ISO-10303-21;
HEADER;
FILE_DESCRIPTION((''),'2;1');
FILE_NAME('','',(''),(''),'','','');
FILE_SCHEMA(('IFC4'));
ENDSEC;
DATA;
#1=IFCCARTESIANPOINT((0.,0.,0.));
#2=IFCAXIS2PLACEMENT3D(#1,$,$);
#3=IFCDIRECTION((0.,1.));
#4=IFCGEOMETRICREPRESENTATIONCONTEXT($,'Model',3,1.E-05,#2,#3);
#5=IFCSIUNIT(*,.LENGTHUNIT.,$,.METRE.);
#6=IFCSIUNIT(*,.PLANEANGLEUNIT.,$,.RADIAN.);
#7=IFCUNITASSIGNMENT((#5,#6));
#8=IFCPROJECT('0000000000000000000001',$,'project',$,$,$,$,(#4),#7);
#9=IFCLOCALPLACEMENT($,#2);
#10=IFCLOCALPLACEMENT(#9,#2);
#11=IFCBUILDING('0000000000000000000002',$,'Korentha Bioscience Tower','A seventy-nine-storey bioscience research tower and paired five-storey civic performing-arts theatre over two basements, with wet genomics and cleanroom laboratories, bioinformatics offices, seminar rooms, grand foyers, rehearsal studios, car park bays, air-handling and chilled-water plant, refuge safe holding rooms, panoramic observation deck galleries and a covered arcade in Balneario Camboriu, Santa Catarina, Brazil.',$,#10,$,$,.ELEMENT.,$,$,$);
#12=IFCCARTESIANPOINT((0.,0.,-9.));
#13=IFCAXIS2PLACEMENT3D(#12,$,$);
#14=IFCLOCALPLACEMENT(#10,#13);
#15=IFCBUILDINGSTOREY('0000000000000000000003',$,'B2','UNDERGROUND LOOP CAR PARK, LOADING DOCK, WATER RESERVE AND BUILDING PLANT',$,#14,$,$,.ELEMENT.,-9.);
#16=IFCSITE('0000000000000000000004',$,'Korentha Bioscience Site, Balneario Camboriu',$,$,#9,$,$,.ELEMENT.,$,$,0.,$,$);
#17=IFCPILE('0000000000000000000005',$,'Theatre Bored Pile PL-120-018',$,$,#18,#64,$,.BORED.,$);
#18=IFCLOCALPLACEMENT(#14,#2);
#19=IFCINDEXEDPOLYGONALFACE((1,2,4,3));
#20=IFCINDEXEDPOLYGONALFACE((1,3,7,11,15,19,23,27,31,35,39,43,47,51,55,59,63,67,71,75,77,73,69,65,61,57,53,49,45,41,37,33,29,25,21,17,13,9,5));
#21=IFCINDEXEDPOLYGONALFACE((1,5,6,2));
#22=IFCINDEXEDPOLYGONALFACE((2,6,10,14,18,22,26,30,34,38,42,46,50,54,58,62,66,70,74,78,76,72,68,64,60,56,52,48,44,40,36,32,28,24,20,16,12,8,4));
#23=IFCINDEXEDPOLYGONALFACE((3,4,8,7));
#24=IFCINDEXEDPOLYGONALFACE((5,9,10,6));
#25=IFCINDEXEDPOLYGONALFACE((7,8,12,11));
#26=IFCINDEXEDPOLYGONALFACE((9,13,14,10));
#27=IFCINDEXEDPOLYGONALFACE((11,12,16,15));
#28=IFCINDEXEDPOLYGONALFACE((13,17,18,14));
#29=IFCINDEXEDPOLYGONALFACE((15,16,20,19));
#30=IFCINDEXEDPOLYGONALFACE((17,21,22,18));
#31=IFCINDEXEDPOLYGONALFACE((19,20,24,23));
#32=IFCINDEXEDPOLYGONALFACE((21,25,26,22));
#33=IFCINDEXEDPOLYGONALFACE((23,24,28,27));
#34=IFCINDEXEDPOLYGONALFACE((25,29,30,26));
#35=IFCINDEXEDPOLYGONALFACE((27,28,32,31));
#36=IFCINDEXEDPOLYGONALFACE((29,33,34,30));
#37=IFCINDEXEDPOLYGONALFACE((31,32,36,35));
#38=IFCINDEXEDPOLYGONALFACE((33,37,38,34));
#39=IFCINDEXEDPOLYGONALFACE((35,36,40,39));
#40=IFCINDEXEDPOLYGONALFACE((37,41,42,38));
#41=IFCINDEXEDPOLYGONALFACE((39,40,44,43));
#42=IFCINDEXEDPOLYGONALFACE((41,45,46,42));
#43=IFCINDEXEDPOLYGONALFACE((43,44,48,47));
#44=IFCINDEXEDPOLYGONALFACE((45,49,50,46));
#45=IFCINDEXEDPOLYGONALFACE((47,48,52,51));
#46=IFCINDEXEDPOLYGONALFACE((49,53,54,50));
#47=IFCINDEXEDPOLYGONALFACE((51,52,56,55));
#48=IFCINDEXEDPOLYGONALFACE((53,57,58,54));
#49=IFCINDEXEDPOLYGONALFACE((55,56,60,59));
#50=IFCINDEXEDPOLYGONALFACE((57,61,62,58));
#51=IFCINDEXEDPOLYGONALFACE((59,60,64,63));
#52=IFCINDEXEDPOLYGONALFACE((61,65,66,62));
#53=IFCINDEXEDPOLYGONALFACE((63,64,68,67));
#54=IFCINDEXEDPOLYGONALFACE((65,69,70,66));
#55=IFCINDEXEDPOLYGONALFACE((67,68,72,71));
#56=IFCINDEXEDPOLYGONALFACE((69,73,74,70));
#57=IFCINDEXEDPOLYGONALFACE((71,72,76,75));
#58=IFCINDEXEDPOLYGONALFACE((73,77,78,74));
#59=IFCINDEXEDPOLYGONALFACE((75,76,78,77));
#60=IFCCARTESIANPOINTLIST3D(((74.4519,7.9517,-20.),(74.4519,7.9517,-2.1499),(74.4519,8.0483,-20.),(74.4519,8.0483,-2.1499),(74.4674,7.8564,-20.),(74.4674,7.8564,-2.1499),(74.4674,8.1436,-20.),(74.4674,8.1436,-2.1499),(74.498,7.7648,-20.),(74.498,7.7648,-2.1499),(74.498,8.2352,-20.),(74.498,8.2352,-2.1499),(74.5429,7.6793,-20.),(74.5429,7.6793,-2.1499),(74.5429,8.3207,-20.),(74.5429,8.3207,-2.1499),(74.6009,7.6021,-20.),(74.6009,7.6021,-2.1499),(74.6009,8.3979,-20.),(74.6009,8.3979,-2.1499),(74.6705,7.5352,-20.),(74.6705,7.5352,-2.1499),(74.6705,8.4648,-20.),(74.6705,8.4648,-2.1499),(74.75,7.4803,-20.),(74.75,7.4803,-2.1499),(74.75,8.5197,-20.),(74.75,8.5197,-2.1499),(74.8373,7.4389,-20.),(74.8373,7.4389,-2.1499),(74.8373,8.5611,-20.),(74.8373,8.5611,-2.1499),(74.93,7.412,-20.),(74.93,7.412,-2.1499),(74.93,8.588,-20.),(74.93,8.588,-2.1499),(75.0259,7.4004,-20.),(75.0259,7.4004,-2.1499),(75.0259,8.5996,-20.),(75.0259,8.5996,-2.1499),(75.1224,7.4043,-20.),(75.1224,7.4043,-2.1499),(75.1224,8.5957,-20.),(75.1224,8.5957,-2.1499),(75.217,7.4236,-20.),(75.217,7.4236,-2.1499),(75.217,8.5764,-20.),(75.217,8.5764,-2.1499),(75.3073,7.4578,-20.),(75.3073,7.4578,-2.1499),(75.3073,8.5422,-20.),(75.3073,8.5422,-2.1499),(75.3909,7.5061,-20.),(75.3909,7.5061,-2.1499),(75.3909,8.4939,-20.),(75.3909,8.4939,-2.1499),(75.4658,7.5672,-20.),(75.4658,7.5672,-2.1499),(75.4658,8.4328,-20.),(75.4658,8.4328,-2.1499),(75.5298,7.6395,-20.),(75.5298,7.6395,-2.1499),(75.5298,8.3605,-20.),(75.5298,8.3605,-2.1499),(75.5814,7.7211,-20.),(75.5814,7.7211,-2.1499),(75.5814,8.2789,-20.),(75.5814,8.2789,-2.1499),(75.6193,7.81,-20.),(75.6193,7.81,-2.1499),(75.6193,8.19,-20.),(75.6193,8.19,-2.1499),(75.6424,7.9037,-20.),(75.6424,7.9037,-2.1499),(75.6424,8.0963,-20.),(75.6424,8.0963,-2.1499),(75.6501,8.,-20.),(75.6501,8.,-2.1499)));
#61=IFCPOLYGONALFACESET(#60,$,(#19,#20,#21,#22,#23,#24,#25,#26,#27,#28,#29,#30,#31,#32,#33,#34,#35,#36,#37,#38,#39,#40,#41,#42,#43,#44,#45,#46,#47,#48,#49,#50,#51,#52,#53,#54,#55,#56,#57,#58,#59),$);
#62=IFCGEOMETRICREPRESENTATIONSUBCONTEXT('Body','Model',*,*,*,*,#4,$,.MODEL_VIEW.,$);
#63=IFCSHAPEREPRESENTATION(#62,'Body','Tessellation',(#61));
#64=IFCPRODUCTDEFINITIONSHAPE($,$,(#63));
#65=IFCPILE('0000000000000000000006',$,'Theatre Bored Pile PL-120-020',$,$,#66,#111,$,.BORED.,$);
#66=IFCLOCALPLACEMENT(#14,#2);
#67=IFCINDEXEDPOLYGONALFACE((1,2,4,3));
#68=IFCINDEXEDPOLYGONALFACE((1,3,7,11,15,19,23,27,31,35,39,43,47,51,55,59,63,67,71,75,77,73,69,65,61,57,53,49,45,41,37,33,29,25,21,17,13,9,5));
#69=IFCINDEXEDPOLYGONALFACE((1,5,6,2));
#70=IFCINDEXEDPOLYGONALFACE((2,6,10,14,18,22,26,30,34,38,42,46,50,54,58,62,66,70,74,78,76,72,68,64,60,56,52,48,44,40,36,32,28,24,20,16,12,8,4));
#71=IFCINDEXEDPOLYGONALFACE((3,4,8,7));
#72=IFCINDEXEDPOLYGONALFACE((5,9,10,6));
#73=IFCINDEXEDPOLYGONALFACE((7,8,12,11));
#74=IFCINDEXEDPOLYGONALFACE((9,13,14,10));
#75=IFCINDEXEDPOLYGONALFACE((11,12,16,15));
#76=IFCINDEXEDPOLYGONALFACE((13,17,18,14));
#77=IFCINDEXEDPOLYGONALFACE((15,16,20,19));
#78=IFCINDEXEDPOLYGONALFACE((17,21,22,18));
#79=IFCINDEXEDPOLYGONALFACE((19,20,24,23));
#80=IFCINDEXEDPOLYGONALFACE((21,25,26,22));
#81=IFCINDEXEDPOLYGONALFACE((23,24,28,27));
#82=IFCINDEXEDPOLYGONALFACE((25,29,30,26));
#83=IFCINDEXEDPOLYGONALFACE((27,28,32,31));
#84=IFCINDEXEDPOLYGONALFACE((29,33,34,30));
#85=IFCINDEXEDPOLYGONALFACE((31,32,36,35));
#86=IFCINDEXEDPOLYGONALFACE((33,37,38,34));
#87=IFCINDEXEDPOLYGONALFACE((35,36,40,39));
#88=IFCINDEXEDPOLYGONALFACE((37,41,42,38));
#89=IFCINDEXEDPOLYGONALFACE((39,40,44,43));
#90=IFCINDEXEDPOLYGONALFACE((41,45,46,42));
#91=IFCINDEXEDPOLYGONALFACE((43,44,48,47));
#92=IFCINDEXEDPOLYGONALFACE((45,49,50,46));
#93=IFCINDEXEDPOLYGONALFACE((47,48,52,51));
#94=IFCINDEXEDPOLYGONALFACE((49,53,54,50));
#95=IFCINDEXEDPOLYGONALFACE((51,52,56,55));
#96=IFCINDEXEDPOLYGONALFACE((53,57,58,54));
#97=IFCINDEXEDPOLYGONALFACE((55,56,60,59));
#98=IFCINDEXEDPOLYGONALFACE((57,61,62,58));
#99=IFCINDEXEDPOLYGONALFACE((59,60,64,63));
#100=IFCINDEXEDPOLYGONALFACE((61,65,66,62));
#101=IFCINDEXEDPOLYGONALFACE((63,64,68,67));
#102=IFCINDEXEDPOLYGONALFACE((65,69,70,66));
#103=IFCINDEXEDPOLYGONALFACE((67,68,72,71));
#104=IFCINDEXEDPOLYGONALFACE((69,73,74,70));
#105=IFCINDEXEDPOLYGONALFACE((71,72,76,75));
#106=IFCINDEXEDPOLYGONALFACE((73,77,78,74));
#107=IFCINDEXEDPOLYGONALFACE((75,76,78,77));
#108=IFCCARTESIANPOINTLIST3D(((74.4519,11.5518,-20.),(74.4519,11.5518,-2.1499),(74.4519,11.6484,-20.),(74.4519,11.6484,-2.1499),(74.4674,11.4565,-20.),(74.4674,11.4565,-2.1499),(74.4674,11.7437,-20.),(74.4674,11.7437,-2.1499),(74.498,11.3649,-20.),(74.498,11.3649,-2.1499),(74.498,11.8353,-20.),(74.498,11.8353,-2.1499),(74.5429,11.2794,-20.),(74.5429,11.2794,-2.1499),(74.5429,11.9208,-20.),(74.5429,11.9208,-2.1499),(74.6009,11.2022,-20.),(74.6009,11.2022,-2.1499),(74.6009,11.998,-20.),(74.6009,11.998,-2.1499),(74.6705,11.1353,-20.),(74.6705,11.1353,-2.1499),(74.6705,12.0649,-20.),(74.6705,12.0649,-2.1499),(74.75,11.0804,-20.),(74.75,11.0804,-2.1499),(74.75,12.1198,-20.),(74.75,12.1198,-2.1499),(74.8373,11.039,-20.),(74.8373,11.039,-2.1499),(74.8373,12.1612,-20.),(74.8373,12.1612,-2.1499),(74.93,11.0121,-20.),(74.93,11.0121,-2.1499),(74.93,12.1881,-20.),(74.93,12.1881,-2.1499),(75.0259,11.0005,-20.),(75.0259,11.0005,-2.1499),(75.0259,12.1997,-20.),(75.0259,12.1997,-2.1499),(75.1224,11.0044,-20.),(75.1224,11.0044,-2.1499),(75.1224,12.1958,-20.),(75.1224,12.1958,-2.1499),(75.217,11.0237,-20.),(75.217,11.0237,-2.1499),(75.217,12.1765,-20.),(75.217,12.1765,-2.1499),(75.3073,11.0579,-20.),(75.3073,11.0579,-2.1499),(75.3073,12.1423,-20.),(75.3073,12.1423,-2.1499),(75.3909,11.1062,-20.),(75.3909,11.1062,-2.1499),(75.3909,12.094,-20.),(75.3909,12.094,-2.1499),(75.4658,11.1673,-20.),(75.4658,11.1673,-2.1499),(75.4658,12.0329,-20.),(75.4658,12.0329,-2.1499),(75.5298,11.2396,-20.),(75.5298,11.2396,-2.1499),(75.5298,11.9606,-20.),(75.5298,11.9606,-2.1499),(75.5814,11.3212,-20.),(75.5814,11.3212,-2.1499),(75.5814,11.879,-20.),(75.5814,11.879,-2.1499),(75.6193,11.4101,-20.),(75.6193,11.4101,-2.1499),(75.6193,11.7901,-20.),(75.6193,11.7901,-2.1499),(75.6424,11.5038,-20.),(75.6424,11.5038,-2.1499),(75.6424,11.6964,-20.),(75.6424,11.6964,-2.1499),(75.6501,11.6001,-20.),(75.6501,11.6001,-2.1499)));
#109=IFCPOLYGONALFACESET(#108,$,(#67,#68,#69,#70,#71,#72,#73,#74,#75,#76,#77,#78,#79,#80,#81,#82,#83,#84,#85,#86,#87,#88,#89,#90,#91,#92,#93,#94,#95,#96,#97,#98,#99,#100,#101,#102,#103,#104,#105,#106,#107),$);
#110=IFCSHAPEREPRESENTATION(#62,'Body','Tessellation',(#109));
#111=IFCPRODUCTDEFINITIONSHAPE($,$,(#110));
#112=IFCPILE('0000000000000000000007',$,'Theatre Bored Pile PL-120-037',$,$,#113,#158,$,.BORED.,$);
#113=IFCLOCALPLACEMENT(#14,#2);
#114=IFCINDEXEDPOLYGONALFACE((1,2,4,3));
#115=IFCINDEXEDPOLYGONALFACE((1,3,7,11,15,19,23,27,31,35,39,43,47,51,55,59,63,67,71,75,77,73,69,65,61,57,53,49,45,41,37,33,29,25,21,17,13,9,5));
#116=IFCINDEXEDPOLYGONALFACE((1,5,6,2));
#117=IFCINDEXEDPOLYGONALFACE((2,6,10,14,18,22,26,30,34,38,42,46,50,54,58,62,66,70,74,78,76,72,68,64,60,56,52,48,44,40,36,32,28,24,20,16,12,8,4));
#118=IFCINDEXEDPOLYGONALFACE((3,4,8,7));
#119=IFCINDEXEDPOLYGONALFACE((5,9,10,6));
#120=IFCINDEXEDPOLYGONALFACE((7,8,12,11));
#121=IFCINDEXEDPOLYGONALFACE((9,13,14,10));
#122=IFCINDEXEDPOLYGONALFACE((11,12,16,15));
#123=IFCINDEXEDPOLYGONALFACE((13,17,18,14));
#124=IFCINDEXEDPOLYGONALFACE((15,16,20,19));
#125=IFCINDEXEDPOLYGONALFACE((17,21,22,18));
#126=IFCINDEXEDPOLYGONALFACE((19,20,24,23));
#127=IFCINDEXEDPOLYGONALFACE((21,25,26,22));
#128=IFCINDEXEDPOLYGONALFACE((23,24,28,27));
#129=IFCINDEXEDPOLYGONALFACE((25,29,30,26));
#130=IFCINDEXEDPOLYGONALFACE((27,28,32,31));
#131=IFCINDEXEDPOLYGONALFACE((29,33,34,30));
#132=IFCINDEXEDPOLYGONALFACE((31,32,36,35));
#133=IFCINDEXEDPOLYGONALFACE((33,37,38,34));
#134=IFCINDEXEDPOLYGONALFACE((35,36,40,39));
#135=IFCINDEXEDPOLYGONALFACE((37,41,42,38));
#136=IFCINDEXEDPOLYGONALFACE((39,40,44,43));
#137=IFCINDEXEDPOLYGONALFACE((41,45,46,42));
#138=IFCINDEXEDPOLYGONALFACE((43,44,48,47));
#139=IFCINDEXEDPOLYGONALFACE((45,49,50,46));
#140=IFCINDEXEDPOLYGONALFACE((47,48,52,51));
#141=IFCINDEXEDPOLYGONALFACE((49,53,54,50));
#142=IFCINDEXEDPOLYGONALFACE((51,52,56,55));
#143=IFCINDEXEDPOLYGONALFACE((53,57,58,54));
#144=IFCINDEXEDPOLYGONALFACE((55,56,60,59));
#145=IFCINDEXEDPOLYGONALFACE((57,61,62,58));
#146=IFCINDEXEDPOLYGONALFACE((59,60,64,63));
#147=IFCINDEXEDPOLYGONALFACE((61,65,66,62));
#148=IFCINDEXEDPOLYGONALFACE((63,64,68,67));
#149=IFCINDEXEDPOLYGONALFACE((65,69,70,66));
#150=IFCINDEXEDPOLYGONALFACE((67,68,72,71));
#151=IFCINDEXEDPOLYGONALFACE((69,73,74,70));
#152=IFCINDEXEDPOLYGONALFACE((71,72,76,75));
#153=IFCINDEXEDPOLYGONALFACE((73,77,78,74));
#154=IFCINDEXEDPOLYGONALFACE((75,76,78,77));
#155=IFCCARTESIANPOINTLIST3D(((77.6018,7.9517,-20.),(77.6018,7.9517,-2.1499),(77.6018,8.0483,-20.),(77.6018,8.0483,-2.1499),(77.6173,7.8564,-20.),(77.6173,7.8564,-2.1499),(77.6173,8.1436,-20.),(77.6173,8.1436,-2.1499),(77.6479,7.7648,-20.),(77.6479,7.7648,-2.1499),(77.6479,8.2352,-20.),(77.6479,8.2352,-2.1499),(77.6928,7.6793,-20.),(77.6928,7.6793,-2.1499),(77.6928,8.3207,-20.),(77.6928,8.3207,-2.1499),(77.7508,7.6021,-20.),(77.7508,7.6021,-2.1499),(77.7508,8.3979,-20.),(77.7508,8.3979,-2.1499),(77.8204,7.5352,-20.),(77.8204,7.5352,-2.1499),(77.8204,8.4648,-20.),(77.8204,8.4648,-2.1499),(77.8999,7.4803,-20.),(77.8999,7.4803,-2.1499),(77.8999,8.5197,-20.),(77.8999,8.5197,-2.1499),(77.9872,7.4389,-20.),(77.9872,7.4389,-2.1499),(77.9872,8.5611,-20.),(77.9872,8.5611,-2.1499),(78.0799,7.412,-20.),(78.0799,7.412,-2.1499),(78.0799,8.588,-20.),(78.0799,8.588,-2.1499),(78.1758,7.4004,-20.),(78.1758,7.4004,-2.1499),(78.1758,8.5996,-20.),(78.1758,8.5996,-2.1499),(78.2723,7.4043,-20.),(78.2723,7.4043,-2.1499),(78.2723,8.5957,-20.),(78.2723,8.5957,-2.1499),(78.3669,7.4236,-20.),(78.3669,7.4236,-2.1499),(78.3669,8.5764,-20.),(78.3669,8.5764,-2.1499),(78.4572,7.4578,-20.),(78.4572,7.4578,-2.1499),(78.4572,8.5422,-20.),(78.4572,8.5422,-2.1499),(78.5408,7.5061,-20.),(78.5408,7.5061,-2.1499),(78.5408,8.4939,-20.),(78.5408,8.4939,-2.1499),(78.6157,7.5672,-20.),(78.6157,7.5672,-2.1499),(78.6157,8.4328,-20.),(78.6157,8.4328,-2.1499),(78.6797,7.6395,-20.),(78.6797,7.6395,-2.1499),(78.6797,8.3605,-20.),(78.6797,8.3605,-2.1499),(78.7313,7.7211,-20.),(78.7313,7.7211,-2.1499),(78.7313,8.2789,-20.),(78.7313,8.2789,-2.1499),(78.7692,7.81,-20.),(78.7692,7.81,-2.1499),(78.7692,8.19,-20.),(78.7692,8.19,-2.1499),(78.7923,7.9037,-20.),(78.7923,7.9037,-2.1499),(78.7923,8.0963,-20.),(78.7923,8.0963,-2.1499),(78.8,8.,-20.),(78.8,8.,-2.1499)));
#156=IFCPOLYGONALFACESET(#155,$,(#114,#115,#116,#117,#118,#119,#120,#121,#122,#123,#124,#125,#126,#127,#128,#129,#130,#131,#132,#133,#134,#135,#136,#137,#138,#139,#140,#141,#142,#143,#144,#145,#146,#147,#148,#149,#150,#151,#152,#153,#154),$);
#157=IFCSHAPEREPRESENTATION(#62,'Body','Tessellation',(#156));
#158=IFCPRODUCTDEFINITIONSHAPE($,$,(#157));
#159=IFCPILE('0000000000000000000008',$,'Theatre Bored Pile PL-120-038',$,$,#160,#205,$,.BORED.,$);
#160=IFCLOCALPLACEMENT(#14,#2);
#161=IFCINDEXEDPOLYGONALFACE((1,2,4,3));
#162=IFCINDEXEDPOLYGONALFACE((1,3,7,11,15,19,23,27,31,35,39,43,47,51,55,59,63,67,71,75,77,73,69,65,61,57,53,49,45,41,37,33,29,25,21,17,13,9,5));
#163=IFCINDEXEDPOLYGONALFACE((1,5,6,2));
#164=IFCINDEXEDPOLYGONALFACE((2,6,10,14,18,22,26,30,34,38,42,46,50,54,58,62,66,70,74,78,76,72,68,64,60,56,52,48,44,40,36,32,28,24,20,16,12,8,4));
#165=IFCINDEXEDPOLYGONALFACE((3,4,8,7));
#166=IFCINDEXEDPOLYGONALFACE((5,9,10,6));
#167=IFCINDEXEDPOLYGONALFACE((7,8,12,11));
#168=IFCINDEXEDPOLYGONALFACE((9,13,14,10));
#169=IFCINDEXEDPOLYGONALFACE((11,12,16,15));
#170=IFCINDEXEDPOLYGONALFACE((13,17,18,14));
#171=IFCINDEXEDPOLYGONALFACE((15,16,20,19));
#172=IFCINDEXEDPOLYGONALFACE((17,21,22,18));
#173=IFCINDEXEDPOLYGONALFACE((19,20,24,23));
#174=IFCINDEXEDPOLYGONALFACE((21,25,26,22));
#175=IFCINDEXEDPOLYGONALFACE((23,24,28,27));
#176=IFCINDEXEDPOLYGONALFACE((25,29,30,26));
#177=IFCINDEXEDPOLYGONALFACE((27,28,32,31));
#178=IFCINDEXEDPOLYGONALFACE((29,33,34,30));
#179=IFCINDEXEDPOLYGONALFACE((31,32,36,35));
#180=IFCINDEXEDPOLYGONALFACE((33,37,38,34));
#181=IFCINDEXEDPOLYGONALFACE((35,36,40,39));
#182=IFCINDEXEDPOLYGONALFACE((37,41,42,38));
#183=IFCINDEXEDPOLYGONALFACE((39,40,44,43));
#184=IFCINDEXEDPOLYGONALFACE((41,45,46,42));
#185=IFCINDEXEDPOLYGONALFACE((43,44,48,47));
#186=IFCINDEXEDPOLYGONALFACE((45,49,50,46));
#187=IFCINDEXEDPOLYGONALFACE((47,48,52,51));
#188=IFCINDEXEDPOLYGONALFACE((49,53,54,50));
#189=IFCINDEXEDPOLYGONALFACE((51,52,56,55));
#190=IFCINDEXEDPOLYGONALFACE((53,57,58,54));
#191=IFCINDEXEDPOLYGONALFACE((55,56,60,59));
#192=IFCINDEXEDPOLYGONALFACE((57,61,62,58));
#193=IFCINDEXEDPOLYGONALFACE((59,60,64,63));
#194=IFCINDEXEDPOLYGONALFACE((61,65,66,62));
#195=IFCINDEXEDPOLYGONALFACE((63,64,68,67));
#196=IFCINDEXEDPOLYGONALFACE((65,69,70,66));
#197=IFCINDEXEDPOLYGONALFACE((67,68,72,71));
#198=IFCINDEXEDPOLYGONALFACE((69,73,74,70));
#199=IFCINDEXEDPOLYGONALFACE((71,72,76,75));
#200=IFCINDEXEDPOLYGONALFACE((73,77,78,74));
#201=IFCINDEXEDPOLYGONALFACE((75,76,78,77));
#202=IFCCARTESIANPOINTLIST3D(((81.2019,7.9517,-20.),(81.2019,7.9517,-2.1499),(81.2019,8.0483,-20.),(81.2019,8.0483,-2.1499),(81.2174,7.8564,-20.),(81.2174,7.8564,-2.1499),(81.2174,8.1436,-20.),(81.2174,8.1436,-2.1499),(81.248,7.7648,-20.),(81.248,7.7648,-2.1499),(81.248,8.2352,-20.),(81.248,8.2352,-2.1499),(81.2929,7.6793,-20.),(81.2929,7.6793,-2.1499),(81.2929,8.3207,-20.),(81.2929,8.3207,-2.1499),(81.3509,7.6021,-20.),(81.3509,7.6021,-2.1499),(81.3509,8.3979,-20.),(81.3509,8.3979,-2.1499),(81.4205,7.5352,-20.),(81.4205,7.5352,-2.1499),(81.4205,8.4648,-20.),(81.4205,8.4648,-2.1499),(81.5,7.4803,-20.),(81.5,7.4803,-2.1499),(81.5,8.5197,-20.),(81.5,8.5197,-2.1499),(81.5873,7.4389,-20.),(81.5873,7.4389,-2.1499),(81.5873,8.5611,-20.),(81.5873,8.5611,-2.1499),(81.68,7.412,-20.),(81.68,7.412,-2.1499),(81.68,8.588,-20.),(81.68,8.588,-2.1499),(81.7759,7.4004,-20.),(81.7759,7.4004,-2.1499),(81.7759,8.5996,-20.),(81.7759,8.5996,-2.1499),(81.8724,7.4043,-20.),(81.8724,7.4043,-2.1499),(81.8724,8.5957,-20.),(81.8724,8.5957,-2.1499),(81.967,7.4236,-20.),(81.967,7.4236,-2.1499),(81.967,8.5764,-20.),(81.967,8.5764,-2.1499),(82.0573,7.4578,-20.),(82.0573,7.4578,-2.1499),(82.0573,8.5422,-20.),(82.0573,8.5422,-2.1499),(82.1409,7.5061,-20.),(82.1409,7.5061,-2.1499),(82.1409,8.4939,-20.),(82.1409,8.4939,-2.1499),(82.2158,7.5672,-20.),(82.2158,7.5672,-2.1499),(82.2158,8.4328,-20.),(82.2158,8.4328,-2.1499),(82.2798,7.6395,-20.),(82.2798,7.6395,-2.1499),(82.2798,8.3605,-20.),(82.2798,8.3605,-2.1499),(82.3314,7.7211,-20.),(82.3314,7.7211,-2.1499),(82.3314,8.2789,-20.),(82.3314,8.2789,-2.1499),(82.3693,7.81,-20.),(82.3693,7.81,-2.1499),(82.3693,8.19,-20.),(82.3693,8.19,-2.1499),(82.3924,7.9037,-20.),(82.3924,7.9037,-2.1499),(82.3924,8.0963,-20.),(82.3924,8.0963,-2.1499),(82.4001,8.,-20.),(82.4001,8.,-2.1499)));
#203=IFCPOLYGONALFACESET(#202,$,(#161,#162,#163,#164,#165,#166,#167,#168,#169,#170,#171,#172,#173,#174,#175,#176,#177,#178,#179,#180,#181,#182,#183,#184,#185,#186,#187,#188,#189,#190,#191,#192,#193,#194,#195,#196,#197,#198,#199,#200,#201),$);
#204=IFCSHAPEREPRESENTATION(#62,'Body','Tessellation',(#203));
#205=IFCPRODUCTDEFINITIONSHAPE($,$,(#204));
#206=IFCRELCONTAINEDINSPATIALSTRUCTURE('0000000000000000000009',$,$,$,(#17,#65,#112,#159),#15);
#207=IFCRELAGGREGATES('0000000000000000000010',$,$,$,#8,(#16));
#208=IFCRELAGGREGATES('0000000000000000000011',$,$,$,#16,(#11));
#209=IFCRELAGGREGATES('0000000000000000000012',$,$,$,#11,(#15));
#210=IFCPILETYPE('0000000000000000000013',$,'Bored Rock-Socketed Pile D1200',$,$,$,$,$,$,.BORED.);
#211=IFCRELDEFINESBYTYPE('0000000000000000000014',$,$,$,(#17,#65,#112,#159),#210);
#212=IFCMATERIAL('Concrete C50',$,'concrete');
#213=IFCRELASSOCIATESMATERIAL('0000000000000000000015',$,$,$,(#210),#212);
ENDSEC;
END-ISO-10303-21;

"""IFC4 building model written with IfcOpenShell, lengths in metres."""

from ifc_helpers import new_model, si_unit, direction, frame, origin, origin_2d, place, context, subcontext, project, spatial, circle, extrude, material, material_profile, profile_set, type_object, element, save


model = new_model("IFC4")

# Units and contexts
model_context = context("Model", 3, precision=1e-05, world=origin(), true_north=direction((0.0, 1.0)))
body_context = subcontext(model_context, "Body", "Model", "MODEL_VIEW")
ifc_project = project(units=[si_unit("LENGTHUNIT", "METRE"), si_unit("PLANEANGLEUNIT", "RADIAN")], contexts=[model_context])

# Site, building, storey
site_placement = place(None, origin())
site = spatial("IfcSite", under=ifc_project, at=site_placement, Name="Korentha Bioscience Site, Balneario Camboriu", CompositionType="ELEMENT", RefElevation=0.0)
building_placement = place(site_placement, origin())
building = spatial("IfcBuilding", under=site, at=building_placement, Name="Korentha Bioscience Tower", Description="A seventy-nine-storey bioscience research tower and paired five-storey civic performing-arts theatre over two basements, with wet genomics and cleanroom laboratories, bioinformatics offices, seminar rooms, grand foyers, rehearsal studios, car park bays, air-handling and chilled-water plant, refuge safe holding rooms, panoramic observation deck galleries and a covered arcade in Balneario Camboriu, Santa Catarina, Brazil.", CompositionType="ELEMENT")
storey_placement = place(building_placement, frame((0.0, 0.0, -9.0)))
storey = spatial("IfcBuildingStorey", under=building, at=storey_placement, Name="B2", Description="UNDERGROUND LOOP CAR PARK, LOADING DOCK, WATER RESERVE AND BUILDING PLANT", CompositionType="ELEMENT", Elevation=-9.0)

# Piles
ifc_material_1 = material(Name="Concrete C50", Category="concrete")
ifc_material_profile_1 = material_profile(ifc_material_1, circle(Radius=0.6001, at=origin_2d()), Name="Concrete C50")
ifc_profile_set_1 = profile_set([ifc_material_profile_1], Name="Concrete C50 (PL-120)")
pile_type = type_object("IfcPileType", Name="Bored Rock-Socketed Pile D1200", PredefinedType="BORED", material=ifc_profile_set_1)
for number, where, z_axis, x_axis, name in (
    (1, (75.05, 8.0, -2.1499), (0.0, 0.0, -1.0), (1.0, 0.0, 0.0), "Theatre Bored Pile PL-120-018"),
    (2, (75.05, 11.6001, -2.1499), (0.0, 0.0, -1.0), (1.0, 0.0, 0.0), "Theatre Bored Pile PL-120-020"),
    (3, (78.2, 8.0, -2.1499), (0.0, 0.0, -1.0), (1.0, 0.0, 0.0), "Theatre Bored Pile PL-120-037"),
    (4, (81.8, 8.0, -2.1499), (0.0, 0.0, -1.0), (1.0, 0.0, 0.0), "Theatre Bored Pile PL-120-038"),
):
    element("IfcPile", number, at=place(storey_placement, frame(where, z_axis=z_axis, x_axis=x_axis)), inside=storey, type_object=pile_type, Name=name, PredefinedType="BORED", context=body_context, shape_type="SweptSolid", body=[
        extrude(circle(Radius=0.6001, at=origin_2d()), origin(), (0.0, 0.0, 1.0), 17.8501),
    ])

save(model, "model.ifc")
